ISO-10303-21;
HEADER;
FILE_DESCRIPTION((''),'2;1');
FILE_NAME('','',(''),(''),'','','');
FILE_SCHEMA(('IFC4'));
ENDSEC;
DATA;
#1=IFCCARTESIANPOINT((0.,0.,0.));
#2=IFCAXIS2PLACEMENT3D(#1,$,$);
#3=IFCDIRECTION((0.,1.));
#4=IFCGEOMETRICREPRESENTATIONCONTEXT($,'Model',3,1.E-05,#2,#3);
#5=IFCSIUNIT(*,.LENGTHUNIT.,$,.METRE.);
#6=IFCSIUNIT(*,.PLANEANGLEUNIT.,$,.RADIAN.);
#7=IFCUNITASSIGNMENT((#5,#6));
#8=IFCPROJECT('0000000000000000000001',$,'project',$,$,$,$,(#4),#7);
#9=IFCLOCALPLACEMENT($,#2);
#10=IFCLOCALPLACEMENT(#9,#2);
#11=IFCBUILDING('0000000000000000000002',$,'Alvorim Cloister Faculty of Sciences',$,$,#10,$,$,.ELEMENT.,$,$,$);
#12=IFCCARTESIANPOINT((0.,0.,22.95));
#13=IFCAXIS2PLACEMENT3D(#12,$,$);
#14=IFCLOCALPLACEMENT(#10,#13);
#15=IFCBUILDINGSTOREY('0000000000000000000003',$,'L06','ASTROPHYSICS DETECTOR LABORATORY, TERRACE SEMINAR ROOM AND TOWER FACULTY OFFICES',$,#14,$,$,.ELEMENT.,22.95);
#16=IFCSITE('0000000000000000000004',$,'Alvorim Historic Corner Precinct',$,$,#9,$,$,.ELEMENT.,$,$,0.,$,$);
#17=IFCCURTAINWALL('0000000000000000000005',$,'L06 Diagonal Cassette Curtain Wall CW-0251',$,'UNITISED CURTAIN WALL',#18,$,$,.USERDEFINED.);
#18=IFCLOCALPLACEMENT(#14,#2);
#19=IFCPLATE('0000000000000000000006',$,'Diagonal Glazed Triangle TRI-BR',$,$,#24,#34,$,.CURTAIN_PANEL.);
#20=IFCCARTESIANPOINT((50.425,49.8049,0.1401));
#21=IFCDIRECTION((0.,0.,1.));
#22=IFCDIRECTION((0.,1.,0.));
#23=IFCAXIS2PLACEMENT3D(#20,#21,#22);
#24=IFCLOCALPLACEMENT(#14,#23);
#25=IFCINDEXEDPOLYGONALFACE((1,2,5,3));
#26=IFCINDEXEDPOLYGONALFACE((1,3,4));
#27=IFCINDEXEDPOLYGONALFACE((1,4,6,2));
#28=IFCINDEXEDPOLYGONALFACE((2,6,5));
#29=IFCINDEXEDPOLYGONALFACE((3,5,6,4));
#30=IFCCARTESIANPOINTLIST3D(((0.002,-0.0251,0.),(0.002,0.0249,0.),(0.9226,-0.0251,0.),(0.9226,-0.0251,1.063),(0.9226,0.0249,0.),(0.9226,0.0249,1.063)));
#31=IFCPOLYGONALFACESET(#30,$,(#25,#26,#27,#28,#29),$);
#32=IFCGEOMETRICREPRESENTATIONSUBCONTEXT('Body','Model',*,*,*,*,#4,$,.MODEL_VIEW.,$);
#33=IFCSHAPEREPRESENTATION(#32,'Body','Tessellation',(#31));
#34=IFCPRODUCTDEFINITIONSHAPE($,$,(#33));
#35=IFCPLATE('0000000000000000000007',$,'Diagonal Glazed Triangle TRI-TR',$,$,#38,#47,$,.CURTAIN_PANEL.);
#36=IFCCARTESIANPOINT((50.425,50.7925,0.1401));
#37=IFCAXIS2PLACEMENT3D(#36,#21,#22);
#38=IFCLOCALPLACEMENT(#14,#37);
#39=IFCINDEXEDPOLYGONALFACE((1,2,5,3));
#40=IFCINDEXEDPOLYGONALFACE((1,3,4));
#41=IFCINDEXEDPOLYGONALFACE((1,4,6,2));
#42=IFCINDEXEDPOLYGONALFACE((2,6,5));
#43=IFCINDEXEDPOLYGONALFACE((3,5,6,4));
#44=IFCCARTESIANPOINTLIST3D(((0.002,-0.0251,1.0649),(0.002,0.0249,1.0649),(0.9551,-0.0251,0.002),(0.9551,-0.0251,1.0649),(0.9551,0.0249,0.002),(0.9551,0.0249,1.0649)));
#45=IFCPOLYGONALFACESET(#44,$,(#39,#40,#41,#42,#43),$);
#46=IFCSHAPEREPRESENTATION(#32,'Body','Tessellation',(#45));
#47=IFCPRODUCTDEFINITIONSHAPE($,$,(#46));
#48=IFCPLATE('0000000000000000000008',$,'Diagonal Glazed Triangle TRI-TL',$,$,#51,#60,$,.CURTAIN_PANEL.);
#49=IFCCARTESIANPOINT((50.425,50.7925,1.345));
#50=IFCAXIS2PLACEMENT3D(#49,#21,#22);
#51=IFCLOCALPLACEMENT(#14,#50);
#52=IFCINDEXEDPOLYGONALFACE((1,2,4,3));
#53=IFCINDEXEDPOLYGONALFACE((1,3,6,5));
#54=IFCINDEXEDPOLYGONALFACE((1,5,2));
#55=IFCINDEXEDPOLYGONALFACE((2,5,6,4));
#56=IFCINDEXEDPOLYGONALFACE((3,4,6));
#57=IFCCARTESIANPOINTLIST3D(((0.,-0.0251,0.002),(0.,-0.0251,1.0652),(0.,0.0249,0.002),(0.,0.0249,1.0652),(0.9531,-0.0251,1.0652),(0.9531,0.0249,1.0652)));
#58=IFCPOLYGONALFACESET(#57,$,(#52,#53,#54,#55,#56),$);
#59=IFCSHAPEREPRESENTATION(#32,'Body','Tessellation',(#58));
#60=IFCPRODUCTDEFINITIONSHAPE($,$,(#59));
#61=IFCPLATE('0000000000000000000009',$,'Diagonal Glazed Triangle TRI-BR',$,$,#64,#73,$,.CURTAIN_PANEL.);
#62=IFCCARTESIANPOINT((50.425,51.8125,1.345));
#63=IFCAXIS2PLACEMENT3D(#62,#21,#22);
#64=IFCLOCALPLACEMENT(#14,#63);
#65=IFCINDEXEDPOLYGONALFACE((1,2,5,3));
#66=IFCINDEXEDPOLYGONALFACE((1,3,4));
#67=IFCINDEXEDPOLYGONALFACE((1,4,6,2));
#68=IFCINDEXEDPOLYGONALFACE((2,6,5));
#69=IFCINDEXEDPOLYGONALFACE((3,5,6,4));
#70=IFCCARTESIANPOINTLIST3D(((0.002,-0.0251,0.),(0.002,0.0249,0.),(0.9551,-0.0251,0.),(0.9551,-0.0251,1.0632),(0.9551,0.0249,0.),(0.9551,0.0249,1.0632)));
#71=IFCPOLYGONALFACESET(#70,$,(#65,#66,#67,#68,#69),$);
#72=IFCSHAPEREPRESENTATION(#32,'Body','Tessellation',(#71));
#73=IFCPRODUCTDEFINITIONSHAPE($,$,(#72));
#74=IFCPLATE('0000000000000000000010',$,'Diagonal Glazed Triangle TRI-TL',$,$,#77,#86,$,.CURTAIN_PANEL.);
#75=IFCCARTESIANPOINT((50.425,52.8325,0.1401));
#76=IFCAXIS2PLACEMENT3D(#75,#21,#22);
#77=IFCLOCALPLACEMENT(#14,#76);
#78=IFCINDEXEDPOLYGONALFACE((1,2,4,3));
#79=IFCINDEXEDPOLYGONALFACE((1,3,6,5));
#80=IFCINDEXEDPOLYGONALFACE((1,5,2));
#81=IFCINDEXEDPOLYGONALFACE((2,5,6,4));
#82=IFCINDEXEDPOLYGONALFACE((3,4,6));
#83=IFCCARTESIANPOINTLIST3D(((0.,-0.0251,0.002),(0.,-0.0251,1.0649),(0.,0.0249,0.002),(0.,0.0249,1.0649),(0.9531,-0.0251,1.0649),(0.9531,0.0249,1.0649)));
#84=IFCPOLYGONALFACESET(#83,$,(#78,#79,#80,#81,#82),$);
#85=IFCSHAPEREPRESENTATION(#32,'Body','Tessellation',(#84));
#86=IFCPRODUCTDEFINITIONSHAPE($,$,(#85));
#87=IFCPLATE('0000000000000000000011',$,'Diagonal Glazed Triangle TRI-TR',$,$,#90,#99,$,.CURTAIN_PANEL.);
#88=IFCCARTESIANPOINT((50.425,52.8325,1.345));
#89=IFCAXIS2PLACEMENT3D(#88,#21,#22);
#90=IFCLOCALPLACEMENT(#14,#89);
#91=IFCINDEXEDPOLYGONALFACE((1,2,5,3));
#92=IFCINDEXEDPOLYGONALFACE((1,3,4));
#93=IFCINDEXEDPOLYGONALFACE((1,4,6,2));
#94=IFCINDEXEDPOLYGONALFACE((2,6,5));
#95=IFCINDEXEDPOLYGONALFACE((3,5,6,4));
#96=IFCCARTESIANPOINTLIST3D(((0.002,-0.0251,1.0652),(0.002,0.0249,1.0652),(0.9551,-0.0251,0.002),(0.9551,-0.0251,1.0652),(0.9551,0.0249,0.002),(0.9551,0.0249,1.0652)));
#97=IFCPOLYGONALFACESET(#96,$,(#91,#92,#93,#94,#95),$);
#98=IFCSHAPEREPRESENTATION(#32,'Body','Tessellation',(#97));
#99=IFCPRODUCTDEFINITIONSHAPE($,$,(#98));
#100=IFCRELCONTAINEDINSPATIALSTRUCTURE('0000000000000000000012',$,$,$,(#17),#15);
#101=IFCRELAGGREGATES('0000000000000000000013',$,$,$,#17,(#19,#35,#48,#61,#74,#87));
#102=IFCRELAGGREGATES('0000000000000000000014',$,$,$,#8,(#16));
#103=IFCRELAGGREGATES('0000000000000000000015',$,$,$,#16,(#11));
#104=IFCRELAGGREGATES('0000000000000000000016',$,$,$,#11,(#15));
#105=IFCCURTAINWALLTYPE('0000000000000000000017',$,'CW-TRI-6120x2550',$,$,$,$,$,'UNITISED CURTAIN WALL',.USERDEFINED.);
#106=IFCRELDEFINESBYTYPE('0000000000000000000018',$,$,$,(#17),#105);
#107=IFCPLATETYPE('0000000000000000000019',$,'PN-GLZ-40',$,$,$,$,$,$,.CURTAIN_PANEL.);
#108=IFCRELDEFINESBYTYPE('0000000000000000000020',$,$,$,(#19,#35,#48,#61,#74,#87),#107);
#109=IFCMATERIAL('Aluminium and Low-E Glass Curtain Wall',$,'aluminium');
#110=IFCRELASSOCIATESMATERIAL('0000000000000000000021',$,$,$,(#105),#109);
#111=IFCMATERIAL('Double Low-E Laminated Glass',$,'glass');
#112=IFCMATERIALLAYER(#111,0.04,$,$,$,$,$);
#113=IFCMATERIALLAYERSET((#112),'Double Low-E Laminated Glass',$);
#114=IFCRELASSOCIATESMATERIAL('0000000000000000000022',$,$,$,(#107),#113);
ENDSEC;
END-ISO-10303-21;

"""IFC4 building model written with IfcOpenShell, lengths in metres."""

from ifc_helpers import new_model, si_unit, direction, frame, origin, place, context, subcontext, project, spatial, polyline, outline, extrude, material, layer, layer_set, type_object, element, aggregate, save


model = new_model("IFC4")

# Units and contexts
model_context = context("Model", 3, precision=1e-05, world=origin(), true_north=direction((0.0, 1.0)))
body_context = subcontext(model_context, "Body", "Model", "MODEL_VIEW")
ifc_project = project(units=[si_unit("LENGTHUNIT", "METRE"), si_unit("PLANEANGLEUNIT", "RADIAN")], contexts=[model_context])

# Site, building, storey
site_placement = place(None, origin())
site = spatial("IfcSite", under=ifc_project, at=site_placement, Name="Alvorim Historic Corner Precinct", CompositionType="ELEMENT", RefElevation=0.0)
building_placement = place(site_placement, origin())
building = spatial("IfcBuilding", under=site, at=building_placement, Name="Alvorim Cloister Faculty of Sciences", CompositionType="ELEMENT")
storey_placement = place(building_placement, frame((0.0, 0.0, 22.95)))
storey = spatial("IfcBuildingStorey", under=building, at=storey_placement, Name="L06", Description="ASTROPHYSICS DETECTOR LABORATORY, TERRACE SEMINAR ROOM AND TOWER FACULTY OFFICES", CompositionType="ELEMENT", Elevation=22.95)

# Curtain wall, plates
ifc_material_1 = material(Name="Aluminium and Low-E Glass Curtain Wall", Category="aluminium")
curtain_wall_type = type_object("IfcCurtainWallType", Name="CW-TRI-6120x2550", ElementType="UNITISED CURTAIN WALL", PredefinedType="USERDEFINED", material=ifc_material_1)
curtain_wall_placement = place(storey_placement, origin())
curtain_wall = element("IfcCurtainWall", 1, at=curtain_wall_placement, inside=storey, type_object=curtain_wall_type, Name="L06 Diagonal Cassette Curtain Wall CW-0251", ObjectType="UNITISED CURTAIN WALL", PredefinedType="USERDEFINED")
ifc_material_2 = material(Name="Double Low-E Laminated Glass", Category="glass")
ifc_layer_1 = layer(ifc_material_2, 0.04)
ifc_layer_set_1 = layer_set([ifc_layer_1], Name="Double Low-E Laminated Glass")
plate_type = type_object("IfcPlateType", Name="PN-GLZ-40", PredefinedType="CURTAIN_PANEL", material=ifc_layer_set_1)
plate_1_placement = place(storey_placement, frame((50.425, 49.8049, 0.1401), z_axis=(0.0, 0.0, 1.0), x_axis=(0.0, 1.0, 0.0)))
plate_1 = element("IfcPlate", 2, at=plate_1_placement, type_object=plate_type, Name="Diagonal Glazed Triangle TRI-BR", PredefinedType="CURTAIN_PANEL", context=body_context, shape_type="SweptSolid", body=[
    extrude(outline(polyline([(0.002, 0.0), (0.9226, 0.0), (0.9226, 1.063), (0.002, 0.0)])), frame((0.0, 0.0249, 0.0), z_axis=(0.0, -1.0, 0.0), x_axis=(1.0, 0.0, 0.0)), (0.0, 0.0, 1.0), 0.05),
])
plate_2_placement = place(storey_placement, frame((50.425, 50.7925, 0.1401), z_axis=(0.0, 0.0, 1.0), x_axis=(0.0, 1.0, 0.0)))
plate_2 = element("IfcPlate", 3, at=plate_2_placement, type_object=plate_type, Name="Diagonal Glazed Triangle TRI-TR", PredefinedType="CURTAIN_PANEL", context=body_context, shape_type="SweptSolid", body=[
    extrude(outline(polyline([(0.9551, 0.002), (0.9551, 1.0649), (0.002, 1.0649), (0.9551, 0.002)])), frame((0.0, 0.0249, 0.0), z_axis=(0.0, -1.0, 0.0), x_axis=(1.0, 0.0, 0.0)), (0.0, 0.0, 1.0), 0.05),
])
plate_3_placement = place(storey_placement, frame((50.425, 50.7925, 1.345), z_axis=(0.0, 0.0, 1.0), x_axis=(0.0, 1.0, 0.0)))
plate_3 = element("IfcPlate", 4, at=plate_3_placement, type_object=plate_type, Name="Diagonal Glazed Triangle TRI-TL", PredefinedType="CURTAIN_PANEL", context=body_context, shape_type="SweptSolid", body=[
    extrude(outline(polyline([(0.9531, 1.0652), (0.0, 1.0652), (0.0, 0.002), (0.9531, 1.0652)])), frame((0.0, 0.0249, 0.0), z_axis=(0.0, -1.0, 0.0), x_axis=(1.0, 0.0, 0.0)), (0.0, 0.0, 1.0), 0.05),
])
plate_4_placement = place(storey_placement, frame((50.425, 51.8125, 1.345), z_axis=(0.0, 0.0, 1.0), x_axis=(0.0, 1.0, 0.0)))
plate_4 = element("IfcPlate", 5, at=plate_4_placement, type_object=plate_type, Name="Diagonal Glazed Triangle TRI-BR", PredefinedType="CURTAIN_PANEL", context=body_context, shape_type="SweptSolid", body=[
    extrude(outline(polyline([(0.002, 0.0), (0.9551, 0.0), (0.9551, 1.0632), (0.002, 0.0)])), frame((0.0, 0.0249, 0.0), z_axis=(0.0, -1.0, 0.0), x_axis=(1.0, 0.0, 0.0)), (0.0, 0.0, 1.0), 0.05),
])
plate_5_placement = place(storey_placement, frame((50.425, 52.8325, 0.1401), z_axis=(0.0, 0.0, 1.0), x_axis=(0.0, 1.0, 0.0)))
plate_5 = element("IfcPlate", 6, at=plate_5_placement, type_object=plate_type, Name="Diagonal Glazed Triangle TRI-TL", PredefinedType="CURTAIN_PANEL", context=body_context, shape_type="SweptSolid", body=[
    extrude(outline(polyline([(0.9531, 1.0649), (0.0, 1.0649), (0.0, 0.002), (0.9531, 1.0649)])), frame((0.0, 0.0249, 0.0), z_axis=(0.0, -1.0, 0.0), x_axis=(1.0, 0.0, 0.0)), (0.0, 0.0, 1.0), 0.05),
])
plate_6_placement = place(storey_placement, frame((50.425, 52.8325, 1.345), z_axis=(0.0, 0.0, 1.0), x_axis=(0.0, 1.0, 0.0)))
plate_6 = element("IfcPlate", 7, at=plate_6_placement, type_object=plate_type, Name="Diagonal Glazed Triangle TRI-TR", PredefinedType="CURTAIN_PANEL", context=body_context, shape_type="SweptSolid", body=[
    extrude(outline(polyline([(0.9551, 0.002), (0.9551, 1.0652), (0.002, 1.0652), (0.9551, 0.002)])), frame((0.0, 0.0249, 0.0), z_axis=(0.0, -1.0, 0.0), x_axis=(1.0, 0.0, 0.0)), (0.0, 0.0, 1.0), 0.05),
])
aggregate(curtain_wall, [plate_1, plate_2, plate_3, plate_4, plate_5, plate_6])

save(model, "model.ifc")
